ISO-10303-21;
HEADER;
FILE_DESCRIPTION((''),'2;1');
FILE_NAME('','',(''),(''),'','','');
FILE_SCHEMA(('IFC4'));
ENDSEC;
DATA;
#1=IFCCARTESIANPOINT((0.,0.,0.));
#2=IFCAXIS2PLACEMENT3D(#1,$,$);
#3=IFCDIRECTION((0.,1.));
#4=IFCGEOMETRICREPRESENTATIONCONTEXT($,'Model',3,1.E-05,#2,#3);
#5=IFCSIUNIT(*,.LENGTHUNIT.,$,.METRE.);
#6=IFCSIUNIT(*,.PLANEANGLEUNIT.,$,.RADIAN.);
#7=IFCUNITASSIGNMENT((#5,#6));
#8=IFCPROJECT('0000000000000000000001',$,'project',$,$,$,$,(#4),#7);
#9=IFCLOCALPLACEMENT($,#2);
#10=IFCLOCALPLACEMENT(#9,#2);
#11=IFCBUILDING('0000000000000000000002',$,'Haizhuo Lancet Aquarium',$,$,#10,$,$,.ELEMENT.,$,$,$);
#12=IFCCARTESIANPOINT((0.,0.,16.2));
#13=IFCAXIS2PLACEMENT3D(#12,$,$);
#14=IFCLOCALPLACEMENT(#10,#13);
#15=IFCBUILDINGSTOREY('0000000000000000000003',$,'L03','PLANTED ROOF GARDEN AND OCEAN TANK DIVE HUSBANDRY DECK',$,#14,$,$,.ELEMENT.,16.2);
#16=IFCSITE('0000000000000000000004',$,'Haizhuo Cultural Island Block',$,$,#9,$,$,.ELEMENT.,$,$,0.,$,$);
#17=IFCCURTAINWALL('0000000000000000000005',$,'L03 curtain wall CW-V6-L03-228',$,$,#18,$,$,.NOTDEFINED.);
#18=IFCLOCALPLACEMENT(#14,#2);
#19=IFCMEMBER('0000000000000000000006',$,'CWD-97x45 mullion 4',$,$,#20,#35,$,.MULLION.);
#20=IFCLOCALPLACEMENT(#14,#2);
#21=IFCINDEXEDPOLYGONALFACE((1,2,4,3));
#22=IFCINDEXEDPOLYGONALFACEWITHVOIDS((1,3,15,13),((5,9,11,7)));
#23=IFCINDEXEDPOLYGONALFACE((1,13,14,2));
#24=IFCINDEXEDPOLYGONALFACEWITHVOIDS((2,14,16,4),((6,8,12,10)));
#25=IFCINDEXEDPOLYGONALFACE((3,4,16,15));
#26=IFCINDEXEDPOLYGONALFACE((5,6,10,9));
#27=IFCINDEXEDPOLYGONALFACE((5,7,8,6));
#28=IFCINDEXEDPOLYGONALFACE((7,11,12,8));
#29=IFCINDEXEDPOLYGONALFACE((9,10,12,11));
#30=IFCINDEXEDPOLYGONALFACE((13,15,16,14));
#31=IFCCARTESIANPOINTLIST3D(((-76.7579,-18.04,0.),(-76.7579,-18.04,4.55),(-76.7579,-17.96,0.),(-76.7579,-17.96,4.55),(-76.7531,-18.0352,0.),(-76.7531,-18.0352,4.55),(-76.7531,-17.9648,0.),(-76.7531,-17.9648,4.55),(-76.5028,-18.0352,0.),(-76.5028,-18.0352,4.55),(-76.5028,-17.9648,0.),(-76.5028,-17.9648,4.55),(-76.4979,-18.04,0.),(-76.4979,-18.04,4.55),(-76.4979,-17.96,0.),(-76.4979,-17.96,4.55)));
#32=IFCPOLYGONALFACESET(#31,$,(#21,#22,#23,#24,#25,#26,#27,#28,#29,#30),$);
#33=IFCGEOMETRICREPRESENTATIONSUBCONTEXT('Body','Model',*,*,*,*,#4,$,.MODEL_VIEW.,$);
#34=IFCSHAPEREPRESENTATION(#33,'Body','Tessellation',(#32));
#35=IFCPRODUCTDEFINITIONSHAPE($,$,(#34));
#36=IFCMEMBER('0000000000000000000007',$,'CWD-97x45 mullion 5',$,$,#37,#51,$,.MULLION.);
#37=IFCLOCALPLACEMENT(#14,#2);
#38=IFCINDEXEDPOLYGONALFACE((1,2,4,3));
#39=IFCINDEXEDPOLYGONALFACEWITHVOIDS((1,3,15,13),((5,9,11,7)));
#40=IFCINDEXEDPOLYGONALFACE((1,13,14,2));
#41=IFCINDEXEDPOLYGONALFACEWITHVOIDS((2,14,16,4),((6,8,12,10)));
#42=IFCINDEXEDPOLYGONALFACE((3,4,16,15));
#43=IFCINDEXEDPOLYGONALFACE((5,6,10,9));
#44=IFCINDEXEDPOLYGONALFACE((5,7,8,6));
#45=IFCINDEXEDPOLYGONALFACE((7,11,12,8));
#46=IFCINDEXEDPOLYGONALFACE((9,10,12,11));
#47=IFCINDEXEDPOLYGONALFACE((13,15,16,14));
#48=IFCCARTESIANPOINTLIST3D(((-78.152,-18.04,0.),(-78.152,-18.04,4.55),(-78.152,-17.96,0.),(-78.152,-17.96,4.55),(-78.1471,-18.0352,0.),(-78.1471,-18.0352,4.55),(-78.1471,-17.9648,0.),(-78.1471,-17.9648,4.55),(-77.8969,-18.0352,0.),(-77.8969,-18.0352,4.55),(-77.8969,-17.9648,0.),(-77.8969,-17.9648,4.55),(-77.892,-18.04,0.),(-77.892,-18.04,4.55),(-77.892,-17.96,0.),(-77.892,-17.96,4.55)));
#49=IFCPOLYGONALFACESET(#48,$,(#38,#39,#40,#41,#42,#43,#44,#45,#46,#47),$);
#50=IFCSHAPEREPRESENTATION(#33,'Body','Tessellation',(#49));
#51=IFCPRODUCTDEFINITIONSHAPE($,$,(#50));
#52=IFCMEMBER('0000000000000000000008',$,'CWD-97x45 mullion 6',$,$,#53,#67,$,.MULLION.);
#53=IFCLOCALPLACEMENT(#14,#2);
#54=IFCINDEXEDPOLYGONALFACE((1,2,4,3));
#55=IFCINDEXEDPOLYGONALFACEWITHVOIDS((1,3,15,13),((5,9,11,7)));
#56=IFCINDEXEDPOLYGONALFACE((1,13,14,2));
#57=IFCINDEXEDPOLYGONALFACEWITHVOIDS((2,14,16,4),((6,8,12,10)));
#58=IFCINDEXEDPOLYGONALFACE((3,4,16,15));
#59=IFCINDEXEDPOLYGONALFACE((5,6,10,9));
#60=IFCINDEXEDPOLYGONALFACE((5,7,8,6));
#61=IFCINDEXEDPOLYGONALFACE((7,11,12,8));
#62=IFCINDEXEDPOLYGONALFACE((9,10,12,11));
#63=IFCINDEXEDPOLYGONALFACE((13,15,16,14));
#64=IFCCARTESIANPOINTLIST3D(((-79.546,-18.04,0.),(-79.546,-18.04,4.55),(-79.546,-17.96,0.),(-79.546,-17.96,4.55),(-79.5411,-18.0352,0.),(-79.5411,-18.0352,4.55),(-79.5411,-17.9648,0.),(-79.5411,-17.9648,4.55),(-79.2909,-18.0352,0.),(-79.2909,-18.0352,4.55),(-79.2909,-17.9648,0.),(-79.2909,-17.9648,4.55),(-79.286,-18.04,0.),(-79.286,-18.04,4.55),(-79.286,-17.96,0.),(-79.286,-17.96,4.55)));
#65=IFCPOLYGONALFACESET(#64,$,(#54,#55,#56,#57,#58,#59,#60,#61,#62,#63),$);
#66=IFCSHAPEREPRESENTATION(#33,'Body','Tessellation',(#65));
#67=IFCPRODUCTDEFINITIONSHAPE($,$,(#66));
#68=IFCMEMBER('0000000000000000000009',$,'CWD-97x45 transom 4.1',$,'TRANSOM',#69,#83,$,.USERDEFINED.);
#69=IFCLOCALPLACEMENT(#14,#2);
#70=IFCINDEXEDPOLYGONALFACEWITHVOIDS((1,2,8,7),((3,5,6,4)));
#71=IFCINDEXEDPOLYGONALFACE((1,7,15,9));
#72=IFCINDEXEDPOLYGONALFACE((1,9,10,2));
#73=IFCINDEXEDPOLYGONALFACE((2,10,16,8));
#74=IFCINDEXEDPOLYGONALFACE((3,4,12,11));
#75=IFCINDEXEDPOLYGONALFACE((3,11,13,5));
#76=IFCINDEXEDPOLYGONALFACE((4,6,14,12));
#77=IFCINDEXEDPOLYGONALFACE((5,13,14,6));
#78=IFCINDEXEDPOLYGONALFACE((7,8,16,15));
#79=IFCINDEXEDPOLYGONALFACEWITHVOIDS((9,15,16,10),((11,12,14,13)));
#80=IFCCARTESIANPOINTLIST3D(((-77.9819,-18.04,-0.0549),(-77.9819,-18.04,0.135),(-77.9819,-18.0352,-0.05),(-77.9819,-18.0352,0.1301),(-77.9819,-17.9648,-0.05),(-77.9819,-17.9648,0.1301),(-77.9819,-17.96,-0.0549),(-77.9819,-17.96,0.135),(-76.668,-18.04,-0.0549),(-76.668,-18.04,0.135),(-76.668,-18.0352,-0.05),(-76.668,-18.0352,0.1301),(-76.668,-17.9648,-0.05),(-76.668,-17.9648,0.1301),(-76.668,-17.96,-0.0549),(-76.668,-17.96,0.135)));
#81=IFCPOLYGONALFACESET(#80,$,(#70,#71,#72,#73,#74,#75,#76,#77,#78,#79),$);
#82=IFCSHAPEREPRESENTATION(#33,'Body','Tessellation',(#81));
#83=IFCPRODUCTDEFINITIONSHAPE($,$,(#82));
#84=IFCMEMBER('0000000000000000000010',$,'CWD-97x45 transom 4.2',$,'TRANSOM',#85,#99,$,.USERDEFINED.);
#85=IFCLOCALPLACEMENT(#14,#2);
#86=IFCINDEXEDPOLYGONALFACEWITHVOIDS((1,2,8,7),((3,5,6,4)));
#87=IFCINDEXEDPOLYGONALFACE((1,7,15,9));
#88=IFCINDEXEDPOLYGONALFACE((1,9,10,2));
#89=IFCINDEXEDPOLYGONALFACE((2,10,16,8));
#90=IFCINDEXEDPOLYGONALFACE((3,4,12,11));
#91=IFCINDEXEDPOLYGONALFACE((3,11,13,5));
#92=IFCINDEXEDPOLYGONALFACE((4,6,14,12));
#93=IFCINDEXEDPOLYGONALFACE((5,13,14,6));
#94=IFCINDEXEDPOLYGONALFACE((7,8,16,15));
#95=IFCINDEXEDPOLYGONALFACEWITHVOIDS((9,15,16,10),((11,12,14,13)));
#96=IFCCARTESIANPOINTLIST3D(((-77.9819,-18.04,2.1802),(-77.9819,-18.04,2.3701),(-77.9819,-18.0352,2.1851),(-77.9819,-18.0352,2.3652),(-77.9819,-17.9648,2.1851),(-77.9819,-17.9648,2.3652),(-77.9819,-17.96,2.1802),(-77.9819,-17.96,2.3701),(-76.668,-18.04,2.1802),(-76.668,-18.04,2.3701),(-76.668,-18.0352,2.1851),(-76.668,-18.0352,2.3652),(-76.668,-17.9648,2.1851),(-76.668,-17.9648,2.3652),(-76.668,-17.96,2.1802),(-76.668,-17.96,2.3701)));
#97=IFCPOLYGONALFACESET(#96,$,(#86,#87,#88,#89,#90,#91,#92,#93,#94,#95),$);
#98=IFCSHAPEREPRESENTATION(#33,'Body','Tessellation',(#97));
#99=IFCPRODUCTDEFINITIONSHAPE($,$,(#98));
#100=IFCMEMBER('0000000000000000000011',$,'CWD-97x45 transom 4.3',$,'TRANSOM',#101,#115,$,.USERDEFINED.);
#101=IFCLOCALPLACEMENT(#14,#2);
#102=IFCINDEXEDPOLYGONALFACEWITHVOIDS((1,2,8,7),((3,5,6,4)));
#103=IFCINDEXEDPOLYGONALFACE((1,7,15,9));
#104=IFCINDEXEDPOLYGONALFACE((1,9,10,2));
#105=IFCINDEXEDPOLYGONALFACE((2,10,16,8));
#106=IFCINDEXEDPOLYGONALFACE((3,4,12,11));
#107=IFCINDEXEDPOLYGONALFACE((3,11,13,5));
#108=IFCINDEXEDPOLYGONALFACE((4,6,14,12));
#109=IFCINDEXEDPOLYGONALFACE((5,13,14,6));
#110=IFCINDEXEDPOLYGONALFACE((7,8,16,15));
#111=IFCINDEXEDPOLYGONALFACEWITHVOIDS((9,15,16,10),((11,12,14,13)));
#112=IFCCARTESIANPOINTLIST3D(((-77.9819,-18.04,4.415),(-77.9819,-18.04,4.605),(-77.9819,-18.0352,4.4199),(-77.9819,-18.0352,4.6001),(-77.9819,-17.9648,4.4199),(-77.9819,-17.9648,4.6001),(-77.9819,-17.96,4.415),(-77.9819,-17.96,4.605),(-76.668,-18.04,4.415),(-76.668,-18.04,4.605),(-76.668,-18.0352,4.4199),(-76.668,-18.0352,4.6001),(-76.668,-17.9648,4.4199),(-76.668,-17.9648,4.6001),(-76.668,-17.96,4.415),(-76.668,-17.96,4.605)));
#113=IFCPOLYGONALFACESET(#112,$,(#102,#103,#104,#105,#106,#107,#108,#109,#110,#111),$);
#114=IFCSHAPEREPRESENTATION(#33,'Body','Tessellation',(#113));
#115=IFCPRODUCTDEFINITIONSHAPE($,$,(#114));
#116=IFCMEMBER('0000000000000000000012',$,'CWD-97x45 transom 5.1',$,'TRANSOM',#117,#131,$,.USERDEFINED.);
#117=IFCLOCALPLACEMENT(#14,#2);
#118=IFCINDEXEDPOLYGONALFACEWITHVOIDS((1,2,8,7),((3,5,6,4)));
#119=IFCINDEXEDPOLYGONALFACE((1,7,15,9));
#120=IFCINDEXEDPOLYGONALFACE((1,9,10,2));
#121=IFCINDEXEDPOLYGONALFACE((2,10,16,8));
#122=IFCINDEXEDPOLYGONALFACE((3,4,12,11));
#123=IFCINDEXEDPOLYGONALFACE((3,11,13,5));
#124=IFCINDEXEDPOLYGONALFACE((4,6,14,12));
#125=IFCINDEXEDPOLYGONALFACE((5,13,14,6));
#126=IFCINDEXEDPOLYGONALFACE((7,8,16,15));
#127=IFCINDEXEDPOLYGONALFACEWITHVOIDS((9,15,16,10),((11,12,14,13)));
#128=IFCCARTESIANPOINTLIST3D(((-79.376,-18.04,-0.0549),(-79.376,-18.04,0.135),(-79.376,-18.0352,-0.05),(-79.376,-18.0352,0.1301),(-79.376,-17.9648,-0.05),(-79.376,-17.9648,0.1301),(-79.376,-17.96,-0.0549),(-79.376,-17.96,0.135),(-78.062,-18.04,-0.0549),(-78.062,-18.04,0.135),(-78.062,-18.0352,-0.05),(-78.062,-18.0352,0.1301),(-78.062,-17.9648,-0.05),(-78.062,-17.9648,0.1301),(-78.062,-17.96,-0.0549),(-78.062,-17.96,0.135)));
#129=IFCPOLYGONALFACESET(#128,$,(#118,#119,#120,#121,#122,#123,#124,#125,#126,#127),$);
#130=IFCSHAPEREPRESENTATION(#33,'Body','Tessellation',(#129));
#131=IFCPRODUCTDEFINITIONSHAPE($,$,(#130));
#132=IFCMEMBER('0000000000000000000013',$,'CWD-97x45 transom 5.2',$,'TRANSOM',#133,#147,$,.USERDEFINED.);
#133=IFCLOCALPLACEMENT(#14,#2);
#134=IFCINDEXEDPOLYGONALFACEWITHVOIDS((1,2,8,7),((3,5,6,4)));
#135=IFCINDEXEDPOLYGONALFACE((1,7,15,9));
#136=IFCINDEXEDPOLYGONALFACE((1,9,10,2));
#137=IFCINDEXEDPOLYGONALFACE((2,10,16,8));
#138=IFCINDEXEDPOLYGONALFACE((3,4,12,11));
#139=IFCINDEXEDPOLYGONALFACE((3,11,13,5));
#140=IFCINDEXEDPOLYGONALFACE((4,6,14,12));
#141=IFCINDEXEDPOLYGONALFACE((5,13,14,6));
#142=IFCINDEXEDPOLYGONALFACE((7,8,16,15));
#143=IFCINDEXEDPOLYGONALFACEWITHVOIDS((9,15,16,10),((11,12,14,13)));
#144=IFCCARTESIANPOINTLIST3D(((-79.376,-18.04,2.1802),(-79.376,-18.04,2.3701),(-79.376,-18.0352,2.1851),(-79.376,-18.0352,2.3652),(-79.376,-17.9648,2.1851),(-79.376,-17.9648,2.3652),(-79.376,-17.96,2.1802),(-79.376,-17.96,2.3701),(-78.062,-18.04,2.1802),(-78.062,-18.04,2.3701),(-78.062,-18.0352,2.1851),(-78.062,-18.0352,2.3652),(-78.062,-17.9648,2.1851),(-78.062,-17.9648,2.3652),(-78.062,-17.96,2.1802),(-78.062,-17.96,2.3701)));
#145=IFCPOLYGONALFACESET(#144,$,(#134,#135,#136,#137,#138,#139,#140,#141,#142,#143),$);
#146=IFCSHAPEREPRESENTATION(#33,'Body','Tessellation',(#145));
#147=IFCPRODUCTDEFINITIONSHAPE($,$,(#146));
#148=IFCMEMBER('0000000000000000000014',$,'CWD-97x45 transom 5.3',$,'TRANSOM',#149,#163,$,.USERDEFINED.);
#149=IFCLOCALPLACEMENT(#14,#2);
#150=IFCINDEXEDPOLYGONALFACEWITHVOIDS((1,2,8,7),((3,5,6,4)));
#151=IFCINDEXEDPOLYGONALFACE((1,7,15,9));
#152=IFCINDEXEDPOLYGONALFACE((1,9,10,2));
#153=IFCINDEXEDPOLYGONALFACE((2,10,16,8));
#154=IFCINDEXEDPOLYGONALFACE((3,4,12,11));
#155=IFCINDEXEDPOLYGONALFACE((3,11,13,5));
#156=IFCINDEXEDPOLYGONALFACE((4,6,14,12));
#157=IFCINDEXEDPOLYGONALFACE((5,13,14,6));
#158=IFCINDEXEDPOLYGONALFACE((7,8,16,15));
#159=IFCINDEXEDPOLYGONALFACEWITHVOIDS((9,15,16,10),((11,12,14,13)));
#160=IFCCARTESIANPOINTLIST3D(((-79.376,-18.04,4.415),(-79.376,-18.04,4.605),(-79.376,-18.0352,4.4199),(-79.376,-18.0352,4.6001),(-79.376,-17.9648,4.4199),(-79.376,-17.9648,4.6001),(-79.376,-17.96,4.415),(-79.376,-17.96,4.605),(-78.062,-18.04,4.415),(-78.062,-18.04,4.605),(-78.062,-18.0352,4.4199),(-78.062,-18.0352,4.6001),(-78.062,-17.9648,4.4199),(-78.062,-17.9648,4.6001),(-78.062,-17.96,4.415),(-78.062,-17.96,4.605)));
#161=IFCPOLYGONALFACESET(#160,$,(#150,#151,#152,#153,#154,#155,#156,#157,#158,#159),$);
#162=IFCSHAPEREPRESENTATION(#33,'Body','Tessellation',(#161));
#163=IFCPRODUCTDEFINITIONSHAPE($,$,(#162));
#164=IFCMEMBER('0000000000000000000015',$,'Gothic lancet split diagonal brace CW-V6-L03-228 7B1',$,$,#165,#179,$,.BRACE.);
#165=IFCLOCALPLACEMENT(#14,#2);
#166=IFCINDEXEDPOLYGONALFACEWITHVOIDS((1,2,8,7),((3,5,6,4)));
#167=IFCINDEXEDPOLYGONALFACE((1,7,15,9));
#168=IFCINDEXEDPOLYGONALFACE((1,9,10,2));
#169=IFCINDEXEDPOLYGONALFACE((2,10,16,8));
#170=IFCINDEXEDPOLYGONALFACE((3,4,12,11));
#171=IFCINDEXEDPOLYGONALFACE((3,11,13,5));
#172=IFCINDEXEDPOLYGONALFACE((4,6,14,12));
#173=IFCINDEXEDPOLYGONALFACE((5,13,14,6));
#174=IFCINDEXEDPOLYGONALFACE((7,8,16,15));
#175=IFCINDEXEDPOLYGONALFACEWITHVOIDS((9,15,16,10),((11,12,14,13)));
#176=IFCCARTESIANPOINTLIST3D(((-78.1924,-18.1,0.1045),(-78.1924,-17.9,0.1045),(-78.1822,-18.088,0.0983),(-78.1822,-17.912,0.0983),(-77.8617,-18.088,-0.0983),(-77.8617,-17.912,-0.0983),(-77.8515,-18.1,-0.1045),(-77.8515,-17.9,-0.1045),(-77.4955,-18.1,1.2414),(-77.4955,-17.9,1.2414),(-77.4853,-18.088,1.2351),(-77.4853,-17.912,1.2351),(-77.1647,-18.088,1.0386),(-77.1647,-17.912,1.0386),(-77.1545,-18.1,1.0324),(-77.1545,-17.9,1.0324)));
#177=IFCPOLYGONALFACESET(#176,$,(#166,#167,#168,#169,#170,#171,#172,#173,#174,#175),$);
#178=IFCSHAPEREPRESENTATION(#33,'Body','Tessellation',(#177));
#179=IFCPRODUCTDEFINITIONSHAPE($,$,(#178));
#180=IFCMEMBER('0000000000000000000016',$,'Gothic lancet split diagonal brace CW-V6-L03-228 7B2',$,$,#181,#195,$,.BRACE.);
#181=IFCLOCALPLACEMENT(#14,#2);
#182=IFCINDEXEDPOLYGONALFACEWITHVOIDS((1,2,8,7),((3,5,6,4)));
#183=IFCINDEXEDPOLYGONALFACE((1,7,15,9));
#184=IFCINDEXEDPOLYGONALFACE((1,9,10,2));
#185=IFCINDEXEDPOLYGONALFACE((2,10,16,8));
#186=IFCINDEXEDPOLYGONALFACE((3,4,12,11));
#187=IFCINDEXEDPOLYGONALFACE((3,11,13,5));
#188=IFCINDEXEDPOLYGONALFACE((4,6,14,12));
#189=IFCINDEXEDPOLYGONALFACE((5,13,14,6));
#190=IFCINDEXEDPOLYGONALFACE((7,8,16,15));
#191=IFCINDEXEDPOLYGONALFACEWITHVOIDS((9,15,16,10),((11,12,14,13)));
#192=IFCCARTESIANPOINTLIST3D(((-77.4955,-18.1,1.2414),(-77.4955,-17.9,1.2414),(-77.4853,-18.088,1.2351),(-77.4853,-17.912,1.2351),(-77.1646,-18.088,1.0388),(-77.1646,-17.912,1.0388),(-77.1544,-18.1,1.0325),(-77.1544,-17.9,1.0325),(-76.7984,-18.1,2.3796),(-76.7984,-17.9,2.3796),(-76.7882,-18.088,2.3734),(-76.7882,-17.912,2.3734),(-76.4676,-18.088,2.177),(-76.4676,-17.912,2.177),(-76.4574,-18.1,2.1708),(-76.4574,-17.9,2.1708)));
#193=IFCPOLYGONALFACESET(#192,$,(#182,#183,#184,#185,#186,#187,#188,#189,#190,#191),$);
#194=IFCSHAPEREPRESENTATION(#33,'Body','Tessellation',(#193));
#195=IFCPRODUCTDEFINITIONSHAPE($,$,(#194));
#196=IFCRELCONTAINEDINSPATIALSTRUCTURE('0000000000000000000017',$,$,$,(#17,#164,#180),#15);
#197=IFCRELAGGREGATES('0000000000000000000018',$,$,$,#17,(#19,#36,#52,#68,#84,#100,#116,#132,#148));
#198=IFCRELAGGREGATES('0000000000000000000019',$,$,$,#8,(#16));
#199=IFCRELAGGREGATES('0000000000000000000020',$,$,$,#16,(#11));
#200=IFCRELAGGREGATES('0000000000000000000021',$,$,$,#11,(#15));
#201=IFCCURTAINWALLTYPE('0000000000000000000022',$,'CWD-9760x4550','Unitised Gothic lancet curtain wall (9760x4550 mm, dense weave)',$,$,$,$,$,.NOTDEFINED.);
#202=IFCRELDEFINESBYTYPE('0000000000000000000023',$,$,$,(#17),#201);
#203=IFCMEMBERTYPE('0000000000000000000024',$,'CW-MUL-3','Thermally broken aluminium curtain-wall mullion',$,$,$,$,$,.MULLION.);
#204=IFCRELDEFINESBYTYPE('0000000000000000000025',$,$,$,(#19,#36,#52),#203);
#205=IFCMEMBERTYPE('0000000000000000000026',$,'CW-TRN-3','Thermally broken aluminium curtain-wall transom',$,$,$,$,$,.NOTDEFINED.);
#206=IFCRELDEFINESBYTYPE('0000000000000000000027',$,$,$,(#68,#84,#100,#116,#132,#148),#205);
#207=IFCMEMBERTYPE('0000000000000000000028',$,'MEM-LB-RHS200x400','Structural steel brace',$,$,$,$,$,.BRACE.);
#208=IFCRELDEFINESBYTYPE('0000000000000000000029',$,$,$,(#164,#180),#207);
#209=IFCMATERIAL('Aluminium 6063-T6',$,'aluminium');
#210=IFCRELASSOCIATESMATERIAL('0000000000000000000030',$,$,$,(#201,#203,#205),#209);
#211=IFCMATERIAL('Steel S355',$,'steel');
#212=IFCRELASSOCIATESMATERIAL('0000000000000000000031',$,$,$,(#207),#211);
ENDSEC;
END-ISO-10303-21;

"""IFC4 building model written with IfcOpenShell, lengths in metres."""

from ifc_helpers import new_model, si_unit, direction, frame, origin, origin_2d, place, context, subcontext, project, spatial, hollow_rectangle, extrude, material, material_profile, profile_set, type_object, element, aggregate, save


model = new_model("IFC4")

# Units and contexts
model_context = context("Model", 3, precision=1e-05, world=origin(), true_north=direction((0.0, 1.0)))
body_context = subcontext(model_context, "Body", "Model", "MODEL_VIEW")
ifc_project = project(units=[si_unit("LENGTHUNIT", "METRE"), si_unit("PLANEANGLEUNIT", "RADIAN")], contexts=[model_context])

# Site, building, storey
site_placement = place(None, origin())
site = spatial("IfcSite", under=ifc_project, at=site_placement, Name="Haizhuo Cultural Island Block", CompositionType="ELEMENT", RefElevation=0.0)
building_placement = place(site_placement, origin())
building = spatial("IfcBuilding", under=site, at=building_placement, Name="Haizhuo Lancet Aquarium", CompositionType="ELEMENT")
storey_placement = place(building_placement, frame((0.0, 0.0, 16.2)))
storey = spatial("IfcBuildingStorey", under=building, at=storey_placement, Name="L03", Description="PLANTED ROOF GARDEN AND OCEAN TANK DIVE HUSBANDRY DECK", CompositionType="ELEMENT", Elevation=16.2)

# Curtain wall, members
ifc_material_1 = material(Name="Aluminium 6063-T6", Category="aluminium")
curtain_wall_type = type_object("IfcCurtainWallType", Name="CWD-9760x4550", Description="Unitised Gothic lancet curtain wall (9760x4550 mm, dense weave)", PredefinedType="NOTDEFINED", material=ifc_material_1)
curtain_wall_placement = place(storey_placement, origin())
curtain_wall = element("IfcCurtainWall", 1, at=curtain_wall_placement, inside=storey, type_object=curtain_wall_type, Name="L03 curtain wall CW-V6-L03-228", PredefinedType="NOTDEFINED")
ifc_material_profile_1 = material_profile(ifc_material_1, hollow_rectangle(XDim=0.0801, YDim=0.26, WallThickness=0.0049, at=origin_2d()), Name="ALU-M 80x260x5")
ifc_profile_set_1 = profile_set([ifc_material_profile_1], Name="Aluminium 6063-T6")
member_type_1 = type_object("IfcMemberType", Name="CW-MUL-3", Description="Thermally broken aluminium curtain-wall mullion", PredefinedType="MULLION", material=ifc_profile_set_1)
member_1_placement = place(storey_placement, frame((-76.6279, -18.0, 0.0), z_axis=(0.0, 0.0, 1.0), x_axis=(0.0, -1.0, 0.0)))
member_1 = element("IfcMember", 2, at=member_1_placement, type_object=member_type_1, Name="CWD-97x45 mullion 4", PredefinedType="MULLION", context=body_context, shape_type="SweptSolid", body=[
    extrude(hollow_rectangle(XDim=0.0801, YDim=0.26, WallThickness=0.0049, at=origin_2d()), origin(), (0.0, 0.0, 1.0), 4.55),
])
member_2_placement = place(storey_placement, frame((-78.022, -18.0, 0.0), z_axis=(0.0, 0.0, 1.0), x_axis=(0.0, -1.0, 0.0)))
member_2 = element("IfcMember", 3, at=member_2_placement, type_object=member_type_1, Name="CWD-97x45 mullion 5", PredefinedType="MULLION", context=body_context, shape_type="SweptSolid", body=[
    extrude(hollow_rectangle(XDim=0.0801, YDim=0.26, WallThickness=0.0049, at=origin_2d()), origin(), (0.0, 0.0, 1.0), 4.55),
])
member_3_placement = place(storey_placement, frame((-79.416, -18.0, 0.0), z_axis=(0.0, 0.0, 1.0), x_axis=(0.0, -1.0, 0.0)))
member_3 = element("IfcMember", 4, at=member_3_placement, type_object=member_type_1, Name="CWD-97x45 mullion 6", PredefinedType="MULLION", context=body_context, shape_type="SweptSolid", body=[
    extrude(hollow_rectangle(XDim=0.0801, YDim=0.26, WallThickness=0.0049, at=origin_2d()), origin(), (0.0, 0.0, 1.0), 4.55),
])
ifc_material_profile_2 = material_profile(ifc_material_1, hollow_rectangle(XDim=0.0801, YDim=0.1899, WallThickness=0.0049, at=origin_2d()), Name="ALU-T 80x190x5")
ifc_profile_set_2 = profile_set([ifc_material_profile_2], Name="Aluminium 6063-T6")
member_type_2 = type_object("IfcMemberType", Name="CW-TRN-3", Description="Thermally broken aluminium curtain-wall transom", PredefinedType="NOTDEFINED", material=ifc_profile_set_2)
member_4_placement = place(storey_placement, frame((-76.668, -18.0, 0.04), z_axis=(-1.0, 0.0, 0.0), x_axis=(0.0, -1.0, 0.0)))
member_4 = element("IfcMember", 5, at=member_4_placement, type_object=member_type_2, Name="CWD-97x45 transom 4.1", ObjectType="TRANSOM", PredefinedType="USERDEFINED", context=body_context, shape_type="SweptSolid", body=[
    extrude(hollow_rectangle(XDim=0.0801, YDim=0.1899, WallThickness=0.0049, at=origin_2d()), origin(), (0.0, 0.0, 1.0), 1.314),
])
member_5_placement = place(storey_placement, frame((-76.668, -18.0, 2.2751), z_axis=(-1.0, 0.0, 0.0), x_axis=(0.0, -1.0, 0.0)))
member_5 = element("IfcMember", 6, at=member_5_placement, type_object=member_type_2, Name="CWD-97x45 transom 4.2", ObjectType="TRANSOM", PredefinedType="USERDEFINED", context=body_context, shape_type="SweptSolid", body=[
    extrude(hollow_rectangle(XDim=0.0801, YDim=0.1899, WallThickness=0.0049, at=origin_2d()), origin(), (0.0, 0.0, 1.0), 1.314),
])
member_6_placement = place(storey_placement, frame((-76.668, -18.0, 4.51), z_axis=(-1.0, 0.0, 0.0), x_axis=(0.0, -1.0, 0.0)))
member_6 = element("IfcMember", 7, at=member_6_placement, type_object=member_type_2, Name="CWD-97x45 transom 4.3", ObjectType="TRANSOM", PredefinedType="USERDEFINED", context=body_context, shape_type="SweptSolid", body=[
    extrude(hollow_rectangle(XDim=0.0801, YDim=0.1899, WallThickness=0.0049, at=origin_2d()), origin(), (0.0, 0.0, 1.0), 1.314),
])
member_7_placement = place(storey_placement, frame((-78.062, -18.0, 0.04), z_axis=(-1.0, 0.0, 0.0), x_axis=(0.0, -1.0, 0.0)))
member_7 = element("IfcMember", 8, at=member_7_placement, type_object=member_type_2, Name="CWD-97x45 transom 5.1", ObjectType="TRANSOM", PredefinedType="USERDEFINED", context=body_context, shape_type="SweptSolid", body=[
    extrude(hollow_rectangle(XDim=0.0801, YDim=0.1899, WallThickness=0.0049, at=origin_2d()), origin(), (0.0, 0.0, 1.0), 1.314),
])
member_8_placement = place(storey_placement, frame((-78.062, -18.0, 2.2751), z_axis=(-1.0, 0.0, 0.0), x_axis=(0.0, -1.0, 0.0)))
member_8 = element("IfcMember", 9, at=member_8_placement, type_object=member_type_2, Name="CWD-97x45 transom 5.2", ObjectType="TRANSOM", PredefinedType="USERDEFINED", context=body_context, shape_type="SweptSolid", body=[
    extrude(hollow_rectangle(XDim=0.0801, YDim=0.1899, WallThickness=0.0049, at=origin_2d()), origin(), (0.0, 0.0, 1.0), 1.314),
])
member_9_placement = place(storey_placement, frame((-78.062, -18.0, 4.51), z_axis=(-1.0, 0.0, 0.0), x_axis=(0.0, -1.0, 0.0)))
member_9 = element("IfcMember", 10, at=member_9_placement, type_object=member_type_2, Name="CWD-97x45 transom 5.3", ObjectType="TRANSOM", PredefinedType="USERDEFINED", context=body_context, shape_type="SweptSolid", body=[
    extrude(hollow_rectangle(XDim=0.0801, YDim=0.1899, WallThickness=0.0049, at=origin_2d()), origin(), (0.0, 0.0, 1.0), 1.314),
])

# Members
ifc_material_2 = material(Name="Steel S355", Category="steel")
ifc_material_profile_3 = material_profile(ifc_material_2, hollow_rectangle(XDim=0.2, YDim=0.3999, WallThickness=0.012, at=origin_2d()), Name="RHS 200x400x12")
ifc_profile_set_3 = profile_set([ifc_material_profile_3], Name="Steel S355")
member_type_3 = type_object("IfcMemberType", Name="MEM-LB-RHS200x400", Description="Structural steel brace", PredefinedType="BRACE", material=ifc_profile_set_3)
member_10_placement = place(storey_placement, frame((-78.022, -18.0, 0.0), z_axis=(0.522656, 0.0, 0.852543), x_axis=(0.0, 1.0, 0.0)))
element("IfcMember", 11, at=member_10_placement, inside=storey, type_object=member_type_3, Name="Gothic lancet split diagonal brace CW-V6-L03-228 7B1", PredefinedType="BRACE", context=body_context, shape_type="SweptSolid", body=[
    extrude(hollow_rectangle(XDim=0.2, YDim=0.3999, WallThickness=0.012, at=origin_2d()), origin(), (0.0, 0.0, 1.0), 1.3335),
])
member_11_placement = place(storey_placement, frame((-77.325, -18.0, 1.137), z_axis=(0.522249, 0.0, 0.852793), x_axis=(0.0, 1.0, 0.0)))
element("IfcMember", 12, at=member_11_placement, inside=storey, type_object=member_type_3, Name="Gothic lancet split diagonal brace CW-V6-L03-228 7B2", PredefinedType="BRACE", context=body_context, shape_type="SweptSolid", body=[
    extrude(hollow_rectangle(XDim=0.2, YDim=0.3999, WallThickness=0.012, at=origin_2d()), origin(), (0.0, 0.0, 1.0), 1.3347),
])

aggregate(curtain_wall, [member_1, member_2, member_3, member_4, member_5, member_6, member_7, member_8, member_9])

save(model, "model.ifc")
